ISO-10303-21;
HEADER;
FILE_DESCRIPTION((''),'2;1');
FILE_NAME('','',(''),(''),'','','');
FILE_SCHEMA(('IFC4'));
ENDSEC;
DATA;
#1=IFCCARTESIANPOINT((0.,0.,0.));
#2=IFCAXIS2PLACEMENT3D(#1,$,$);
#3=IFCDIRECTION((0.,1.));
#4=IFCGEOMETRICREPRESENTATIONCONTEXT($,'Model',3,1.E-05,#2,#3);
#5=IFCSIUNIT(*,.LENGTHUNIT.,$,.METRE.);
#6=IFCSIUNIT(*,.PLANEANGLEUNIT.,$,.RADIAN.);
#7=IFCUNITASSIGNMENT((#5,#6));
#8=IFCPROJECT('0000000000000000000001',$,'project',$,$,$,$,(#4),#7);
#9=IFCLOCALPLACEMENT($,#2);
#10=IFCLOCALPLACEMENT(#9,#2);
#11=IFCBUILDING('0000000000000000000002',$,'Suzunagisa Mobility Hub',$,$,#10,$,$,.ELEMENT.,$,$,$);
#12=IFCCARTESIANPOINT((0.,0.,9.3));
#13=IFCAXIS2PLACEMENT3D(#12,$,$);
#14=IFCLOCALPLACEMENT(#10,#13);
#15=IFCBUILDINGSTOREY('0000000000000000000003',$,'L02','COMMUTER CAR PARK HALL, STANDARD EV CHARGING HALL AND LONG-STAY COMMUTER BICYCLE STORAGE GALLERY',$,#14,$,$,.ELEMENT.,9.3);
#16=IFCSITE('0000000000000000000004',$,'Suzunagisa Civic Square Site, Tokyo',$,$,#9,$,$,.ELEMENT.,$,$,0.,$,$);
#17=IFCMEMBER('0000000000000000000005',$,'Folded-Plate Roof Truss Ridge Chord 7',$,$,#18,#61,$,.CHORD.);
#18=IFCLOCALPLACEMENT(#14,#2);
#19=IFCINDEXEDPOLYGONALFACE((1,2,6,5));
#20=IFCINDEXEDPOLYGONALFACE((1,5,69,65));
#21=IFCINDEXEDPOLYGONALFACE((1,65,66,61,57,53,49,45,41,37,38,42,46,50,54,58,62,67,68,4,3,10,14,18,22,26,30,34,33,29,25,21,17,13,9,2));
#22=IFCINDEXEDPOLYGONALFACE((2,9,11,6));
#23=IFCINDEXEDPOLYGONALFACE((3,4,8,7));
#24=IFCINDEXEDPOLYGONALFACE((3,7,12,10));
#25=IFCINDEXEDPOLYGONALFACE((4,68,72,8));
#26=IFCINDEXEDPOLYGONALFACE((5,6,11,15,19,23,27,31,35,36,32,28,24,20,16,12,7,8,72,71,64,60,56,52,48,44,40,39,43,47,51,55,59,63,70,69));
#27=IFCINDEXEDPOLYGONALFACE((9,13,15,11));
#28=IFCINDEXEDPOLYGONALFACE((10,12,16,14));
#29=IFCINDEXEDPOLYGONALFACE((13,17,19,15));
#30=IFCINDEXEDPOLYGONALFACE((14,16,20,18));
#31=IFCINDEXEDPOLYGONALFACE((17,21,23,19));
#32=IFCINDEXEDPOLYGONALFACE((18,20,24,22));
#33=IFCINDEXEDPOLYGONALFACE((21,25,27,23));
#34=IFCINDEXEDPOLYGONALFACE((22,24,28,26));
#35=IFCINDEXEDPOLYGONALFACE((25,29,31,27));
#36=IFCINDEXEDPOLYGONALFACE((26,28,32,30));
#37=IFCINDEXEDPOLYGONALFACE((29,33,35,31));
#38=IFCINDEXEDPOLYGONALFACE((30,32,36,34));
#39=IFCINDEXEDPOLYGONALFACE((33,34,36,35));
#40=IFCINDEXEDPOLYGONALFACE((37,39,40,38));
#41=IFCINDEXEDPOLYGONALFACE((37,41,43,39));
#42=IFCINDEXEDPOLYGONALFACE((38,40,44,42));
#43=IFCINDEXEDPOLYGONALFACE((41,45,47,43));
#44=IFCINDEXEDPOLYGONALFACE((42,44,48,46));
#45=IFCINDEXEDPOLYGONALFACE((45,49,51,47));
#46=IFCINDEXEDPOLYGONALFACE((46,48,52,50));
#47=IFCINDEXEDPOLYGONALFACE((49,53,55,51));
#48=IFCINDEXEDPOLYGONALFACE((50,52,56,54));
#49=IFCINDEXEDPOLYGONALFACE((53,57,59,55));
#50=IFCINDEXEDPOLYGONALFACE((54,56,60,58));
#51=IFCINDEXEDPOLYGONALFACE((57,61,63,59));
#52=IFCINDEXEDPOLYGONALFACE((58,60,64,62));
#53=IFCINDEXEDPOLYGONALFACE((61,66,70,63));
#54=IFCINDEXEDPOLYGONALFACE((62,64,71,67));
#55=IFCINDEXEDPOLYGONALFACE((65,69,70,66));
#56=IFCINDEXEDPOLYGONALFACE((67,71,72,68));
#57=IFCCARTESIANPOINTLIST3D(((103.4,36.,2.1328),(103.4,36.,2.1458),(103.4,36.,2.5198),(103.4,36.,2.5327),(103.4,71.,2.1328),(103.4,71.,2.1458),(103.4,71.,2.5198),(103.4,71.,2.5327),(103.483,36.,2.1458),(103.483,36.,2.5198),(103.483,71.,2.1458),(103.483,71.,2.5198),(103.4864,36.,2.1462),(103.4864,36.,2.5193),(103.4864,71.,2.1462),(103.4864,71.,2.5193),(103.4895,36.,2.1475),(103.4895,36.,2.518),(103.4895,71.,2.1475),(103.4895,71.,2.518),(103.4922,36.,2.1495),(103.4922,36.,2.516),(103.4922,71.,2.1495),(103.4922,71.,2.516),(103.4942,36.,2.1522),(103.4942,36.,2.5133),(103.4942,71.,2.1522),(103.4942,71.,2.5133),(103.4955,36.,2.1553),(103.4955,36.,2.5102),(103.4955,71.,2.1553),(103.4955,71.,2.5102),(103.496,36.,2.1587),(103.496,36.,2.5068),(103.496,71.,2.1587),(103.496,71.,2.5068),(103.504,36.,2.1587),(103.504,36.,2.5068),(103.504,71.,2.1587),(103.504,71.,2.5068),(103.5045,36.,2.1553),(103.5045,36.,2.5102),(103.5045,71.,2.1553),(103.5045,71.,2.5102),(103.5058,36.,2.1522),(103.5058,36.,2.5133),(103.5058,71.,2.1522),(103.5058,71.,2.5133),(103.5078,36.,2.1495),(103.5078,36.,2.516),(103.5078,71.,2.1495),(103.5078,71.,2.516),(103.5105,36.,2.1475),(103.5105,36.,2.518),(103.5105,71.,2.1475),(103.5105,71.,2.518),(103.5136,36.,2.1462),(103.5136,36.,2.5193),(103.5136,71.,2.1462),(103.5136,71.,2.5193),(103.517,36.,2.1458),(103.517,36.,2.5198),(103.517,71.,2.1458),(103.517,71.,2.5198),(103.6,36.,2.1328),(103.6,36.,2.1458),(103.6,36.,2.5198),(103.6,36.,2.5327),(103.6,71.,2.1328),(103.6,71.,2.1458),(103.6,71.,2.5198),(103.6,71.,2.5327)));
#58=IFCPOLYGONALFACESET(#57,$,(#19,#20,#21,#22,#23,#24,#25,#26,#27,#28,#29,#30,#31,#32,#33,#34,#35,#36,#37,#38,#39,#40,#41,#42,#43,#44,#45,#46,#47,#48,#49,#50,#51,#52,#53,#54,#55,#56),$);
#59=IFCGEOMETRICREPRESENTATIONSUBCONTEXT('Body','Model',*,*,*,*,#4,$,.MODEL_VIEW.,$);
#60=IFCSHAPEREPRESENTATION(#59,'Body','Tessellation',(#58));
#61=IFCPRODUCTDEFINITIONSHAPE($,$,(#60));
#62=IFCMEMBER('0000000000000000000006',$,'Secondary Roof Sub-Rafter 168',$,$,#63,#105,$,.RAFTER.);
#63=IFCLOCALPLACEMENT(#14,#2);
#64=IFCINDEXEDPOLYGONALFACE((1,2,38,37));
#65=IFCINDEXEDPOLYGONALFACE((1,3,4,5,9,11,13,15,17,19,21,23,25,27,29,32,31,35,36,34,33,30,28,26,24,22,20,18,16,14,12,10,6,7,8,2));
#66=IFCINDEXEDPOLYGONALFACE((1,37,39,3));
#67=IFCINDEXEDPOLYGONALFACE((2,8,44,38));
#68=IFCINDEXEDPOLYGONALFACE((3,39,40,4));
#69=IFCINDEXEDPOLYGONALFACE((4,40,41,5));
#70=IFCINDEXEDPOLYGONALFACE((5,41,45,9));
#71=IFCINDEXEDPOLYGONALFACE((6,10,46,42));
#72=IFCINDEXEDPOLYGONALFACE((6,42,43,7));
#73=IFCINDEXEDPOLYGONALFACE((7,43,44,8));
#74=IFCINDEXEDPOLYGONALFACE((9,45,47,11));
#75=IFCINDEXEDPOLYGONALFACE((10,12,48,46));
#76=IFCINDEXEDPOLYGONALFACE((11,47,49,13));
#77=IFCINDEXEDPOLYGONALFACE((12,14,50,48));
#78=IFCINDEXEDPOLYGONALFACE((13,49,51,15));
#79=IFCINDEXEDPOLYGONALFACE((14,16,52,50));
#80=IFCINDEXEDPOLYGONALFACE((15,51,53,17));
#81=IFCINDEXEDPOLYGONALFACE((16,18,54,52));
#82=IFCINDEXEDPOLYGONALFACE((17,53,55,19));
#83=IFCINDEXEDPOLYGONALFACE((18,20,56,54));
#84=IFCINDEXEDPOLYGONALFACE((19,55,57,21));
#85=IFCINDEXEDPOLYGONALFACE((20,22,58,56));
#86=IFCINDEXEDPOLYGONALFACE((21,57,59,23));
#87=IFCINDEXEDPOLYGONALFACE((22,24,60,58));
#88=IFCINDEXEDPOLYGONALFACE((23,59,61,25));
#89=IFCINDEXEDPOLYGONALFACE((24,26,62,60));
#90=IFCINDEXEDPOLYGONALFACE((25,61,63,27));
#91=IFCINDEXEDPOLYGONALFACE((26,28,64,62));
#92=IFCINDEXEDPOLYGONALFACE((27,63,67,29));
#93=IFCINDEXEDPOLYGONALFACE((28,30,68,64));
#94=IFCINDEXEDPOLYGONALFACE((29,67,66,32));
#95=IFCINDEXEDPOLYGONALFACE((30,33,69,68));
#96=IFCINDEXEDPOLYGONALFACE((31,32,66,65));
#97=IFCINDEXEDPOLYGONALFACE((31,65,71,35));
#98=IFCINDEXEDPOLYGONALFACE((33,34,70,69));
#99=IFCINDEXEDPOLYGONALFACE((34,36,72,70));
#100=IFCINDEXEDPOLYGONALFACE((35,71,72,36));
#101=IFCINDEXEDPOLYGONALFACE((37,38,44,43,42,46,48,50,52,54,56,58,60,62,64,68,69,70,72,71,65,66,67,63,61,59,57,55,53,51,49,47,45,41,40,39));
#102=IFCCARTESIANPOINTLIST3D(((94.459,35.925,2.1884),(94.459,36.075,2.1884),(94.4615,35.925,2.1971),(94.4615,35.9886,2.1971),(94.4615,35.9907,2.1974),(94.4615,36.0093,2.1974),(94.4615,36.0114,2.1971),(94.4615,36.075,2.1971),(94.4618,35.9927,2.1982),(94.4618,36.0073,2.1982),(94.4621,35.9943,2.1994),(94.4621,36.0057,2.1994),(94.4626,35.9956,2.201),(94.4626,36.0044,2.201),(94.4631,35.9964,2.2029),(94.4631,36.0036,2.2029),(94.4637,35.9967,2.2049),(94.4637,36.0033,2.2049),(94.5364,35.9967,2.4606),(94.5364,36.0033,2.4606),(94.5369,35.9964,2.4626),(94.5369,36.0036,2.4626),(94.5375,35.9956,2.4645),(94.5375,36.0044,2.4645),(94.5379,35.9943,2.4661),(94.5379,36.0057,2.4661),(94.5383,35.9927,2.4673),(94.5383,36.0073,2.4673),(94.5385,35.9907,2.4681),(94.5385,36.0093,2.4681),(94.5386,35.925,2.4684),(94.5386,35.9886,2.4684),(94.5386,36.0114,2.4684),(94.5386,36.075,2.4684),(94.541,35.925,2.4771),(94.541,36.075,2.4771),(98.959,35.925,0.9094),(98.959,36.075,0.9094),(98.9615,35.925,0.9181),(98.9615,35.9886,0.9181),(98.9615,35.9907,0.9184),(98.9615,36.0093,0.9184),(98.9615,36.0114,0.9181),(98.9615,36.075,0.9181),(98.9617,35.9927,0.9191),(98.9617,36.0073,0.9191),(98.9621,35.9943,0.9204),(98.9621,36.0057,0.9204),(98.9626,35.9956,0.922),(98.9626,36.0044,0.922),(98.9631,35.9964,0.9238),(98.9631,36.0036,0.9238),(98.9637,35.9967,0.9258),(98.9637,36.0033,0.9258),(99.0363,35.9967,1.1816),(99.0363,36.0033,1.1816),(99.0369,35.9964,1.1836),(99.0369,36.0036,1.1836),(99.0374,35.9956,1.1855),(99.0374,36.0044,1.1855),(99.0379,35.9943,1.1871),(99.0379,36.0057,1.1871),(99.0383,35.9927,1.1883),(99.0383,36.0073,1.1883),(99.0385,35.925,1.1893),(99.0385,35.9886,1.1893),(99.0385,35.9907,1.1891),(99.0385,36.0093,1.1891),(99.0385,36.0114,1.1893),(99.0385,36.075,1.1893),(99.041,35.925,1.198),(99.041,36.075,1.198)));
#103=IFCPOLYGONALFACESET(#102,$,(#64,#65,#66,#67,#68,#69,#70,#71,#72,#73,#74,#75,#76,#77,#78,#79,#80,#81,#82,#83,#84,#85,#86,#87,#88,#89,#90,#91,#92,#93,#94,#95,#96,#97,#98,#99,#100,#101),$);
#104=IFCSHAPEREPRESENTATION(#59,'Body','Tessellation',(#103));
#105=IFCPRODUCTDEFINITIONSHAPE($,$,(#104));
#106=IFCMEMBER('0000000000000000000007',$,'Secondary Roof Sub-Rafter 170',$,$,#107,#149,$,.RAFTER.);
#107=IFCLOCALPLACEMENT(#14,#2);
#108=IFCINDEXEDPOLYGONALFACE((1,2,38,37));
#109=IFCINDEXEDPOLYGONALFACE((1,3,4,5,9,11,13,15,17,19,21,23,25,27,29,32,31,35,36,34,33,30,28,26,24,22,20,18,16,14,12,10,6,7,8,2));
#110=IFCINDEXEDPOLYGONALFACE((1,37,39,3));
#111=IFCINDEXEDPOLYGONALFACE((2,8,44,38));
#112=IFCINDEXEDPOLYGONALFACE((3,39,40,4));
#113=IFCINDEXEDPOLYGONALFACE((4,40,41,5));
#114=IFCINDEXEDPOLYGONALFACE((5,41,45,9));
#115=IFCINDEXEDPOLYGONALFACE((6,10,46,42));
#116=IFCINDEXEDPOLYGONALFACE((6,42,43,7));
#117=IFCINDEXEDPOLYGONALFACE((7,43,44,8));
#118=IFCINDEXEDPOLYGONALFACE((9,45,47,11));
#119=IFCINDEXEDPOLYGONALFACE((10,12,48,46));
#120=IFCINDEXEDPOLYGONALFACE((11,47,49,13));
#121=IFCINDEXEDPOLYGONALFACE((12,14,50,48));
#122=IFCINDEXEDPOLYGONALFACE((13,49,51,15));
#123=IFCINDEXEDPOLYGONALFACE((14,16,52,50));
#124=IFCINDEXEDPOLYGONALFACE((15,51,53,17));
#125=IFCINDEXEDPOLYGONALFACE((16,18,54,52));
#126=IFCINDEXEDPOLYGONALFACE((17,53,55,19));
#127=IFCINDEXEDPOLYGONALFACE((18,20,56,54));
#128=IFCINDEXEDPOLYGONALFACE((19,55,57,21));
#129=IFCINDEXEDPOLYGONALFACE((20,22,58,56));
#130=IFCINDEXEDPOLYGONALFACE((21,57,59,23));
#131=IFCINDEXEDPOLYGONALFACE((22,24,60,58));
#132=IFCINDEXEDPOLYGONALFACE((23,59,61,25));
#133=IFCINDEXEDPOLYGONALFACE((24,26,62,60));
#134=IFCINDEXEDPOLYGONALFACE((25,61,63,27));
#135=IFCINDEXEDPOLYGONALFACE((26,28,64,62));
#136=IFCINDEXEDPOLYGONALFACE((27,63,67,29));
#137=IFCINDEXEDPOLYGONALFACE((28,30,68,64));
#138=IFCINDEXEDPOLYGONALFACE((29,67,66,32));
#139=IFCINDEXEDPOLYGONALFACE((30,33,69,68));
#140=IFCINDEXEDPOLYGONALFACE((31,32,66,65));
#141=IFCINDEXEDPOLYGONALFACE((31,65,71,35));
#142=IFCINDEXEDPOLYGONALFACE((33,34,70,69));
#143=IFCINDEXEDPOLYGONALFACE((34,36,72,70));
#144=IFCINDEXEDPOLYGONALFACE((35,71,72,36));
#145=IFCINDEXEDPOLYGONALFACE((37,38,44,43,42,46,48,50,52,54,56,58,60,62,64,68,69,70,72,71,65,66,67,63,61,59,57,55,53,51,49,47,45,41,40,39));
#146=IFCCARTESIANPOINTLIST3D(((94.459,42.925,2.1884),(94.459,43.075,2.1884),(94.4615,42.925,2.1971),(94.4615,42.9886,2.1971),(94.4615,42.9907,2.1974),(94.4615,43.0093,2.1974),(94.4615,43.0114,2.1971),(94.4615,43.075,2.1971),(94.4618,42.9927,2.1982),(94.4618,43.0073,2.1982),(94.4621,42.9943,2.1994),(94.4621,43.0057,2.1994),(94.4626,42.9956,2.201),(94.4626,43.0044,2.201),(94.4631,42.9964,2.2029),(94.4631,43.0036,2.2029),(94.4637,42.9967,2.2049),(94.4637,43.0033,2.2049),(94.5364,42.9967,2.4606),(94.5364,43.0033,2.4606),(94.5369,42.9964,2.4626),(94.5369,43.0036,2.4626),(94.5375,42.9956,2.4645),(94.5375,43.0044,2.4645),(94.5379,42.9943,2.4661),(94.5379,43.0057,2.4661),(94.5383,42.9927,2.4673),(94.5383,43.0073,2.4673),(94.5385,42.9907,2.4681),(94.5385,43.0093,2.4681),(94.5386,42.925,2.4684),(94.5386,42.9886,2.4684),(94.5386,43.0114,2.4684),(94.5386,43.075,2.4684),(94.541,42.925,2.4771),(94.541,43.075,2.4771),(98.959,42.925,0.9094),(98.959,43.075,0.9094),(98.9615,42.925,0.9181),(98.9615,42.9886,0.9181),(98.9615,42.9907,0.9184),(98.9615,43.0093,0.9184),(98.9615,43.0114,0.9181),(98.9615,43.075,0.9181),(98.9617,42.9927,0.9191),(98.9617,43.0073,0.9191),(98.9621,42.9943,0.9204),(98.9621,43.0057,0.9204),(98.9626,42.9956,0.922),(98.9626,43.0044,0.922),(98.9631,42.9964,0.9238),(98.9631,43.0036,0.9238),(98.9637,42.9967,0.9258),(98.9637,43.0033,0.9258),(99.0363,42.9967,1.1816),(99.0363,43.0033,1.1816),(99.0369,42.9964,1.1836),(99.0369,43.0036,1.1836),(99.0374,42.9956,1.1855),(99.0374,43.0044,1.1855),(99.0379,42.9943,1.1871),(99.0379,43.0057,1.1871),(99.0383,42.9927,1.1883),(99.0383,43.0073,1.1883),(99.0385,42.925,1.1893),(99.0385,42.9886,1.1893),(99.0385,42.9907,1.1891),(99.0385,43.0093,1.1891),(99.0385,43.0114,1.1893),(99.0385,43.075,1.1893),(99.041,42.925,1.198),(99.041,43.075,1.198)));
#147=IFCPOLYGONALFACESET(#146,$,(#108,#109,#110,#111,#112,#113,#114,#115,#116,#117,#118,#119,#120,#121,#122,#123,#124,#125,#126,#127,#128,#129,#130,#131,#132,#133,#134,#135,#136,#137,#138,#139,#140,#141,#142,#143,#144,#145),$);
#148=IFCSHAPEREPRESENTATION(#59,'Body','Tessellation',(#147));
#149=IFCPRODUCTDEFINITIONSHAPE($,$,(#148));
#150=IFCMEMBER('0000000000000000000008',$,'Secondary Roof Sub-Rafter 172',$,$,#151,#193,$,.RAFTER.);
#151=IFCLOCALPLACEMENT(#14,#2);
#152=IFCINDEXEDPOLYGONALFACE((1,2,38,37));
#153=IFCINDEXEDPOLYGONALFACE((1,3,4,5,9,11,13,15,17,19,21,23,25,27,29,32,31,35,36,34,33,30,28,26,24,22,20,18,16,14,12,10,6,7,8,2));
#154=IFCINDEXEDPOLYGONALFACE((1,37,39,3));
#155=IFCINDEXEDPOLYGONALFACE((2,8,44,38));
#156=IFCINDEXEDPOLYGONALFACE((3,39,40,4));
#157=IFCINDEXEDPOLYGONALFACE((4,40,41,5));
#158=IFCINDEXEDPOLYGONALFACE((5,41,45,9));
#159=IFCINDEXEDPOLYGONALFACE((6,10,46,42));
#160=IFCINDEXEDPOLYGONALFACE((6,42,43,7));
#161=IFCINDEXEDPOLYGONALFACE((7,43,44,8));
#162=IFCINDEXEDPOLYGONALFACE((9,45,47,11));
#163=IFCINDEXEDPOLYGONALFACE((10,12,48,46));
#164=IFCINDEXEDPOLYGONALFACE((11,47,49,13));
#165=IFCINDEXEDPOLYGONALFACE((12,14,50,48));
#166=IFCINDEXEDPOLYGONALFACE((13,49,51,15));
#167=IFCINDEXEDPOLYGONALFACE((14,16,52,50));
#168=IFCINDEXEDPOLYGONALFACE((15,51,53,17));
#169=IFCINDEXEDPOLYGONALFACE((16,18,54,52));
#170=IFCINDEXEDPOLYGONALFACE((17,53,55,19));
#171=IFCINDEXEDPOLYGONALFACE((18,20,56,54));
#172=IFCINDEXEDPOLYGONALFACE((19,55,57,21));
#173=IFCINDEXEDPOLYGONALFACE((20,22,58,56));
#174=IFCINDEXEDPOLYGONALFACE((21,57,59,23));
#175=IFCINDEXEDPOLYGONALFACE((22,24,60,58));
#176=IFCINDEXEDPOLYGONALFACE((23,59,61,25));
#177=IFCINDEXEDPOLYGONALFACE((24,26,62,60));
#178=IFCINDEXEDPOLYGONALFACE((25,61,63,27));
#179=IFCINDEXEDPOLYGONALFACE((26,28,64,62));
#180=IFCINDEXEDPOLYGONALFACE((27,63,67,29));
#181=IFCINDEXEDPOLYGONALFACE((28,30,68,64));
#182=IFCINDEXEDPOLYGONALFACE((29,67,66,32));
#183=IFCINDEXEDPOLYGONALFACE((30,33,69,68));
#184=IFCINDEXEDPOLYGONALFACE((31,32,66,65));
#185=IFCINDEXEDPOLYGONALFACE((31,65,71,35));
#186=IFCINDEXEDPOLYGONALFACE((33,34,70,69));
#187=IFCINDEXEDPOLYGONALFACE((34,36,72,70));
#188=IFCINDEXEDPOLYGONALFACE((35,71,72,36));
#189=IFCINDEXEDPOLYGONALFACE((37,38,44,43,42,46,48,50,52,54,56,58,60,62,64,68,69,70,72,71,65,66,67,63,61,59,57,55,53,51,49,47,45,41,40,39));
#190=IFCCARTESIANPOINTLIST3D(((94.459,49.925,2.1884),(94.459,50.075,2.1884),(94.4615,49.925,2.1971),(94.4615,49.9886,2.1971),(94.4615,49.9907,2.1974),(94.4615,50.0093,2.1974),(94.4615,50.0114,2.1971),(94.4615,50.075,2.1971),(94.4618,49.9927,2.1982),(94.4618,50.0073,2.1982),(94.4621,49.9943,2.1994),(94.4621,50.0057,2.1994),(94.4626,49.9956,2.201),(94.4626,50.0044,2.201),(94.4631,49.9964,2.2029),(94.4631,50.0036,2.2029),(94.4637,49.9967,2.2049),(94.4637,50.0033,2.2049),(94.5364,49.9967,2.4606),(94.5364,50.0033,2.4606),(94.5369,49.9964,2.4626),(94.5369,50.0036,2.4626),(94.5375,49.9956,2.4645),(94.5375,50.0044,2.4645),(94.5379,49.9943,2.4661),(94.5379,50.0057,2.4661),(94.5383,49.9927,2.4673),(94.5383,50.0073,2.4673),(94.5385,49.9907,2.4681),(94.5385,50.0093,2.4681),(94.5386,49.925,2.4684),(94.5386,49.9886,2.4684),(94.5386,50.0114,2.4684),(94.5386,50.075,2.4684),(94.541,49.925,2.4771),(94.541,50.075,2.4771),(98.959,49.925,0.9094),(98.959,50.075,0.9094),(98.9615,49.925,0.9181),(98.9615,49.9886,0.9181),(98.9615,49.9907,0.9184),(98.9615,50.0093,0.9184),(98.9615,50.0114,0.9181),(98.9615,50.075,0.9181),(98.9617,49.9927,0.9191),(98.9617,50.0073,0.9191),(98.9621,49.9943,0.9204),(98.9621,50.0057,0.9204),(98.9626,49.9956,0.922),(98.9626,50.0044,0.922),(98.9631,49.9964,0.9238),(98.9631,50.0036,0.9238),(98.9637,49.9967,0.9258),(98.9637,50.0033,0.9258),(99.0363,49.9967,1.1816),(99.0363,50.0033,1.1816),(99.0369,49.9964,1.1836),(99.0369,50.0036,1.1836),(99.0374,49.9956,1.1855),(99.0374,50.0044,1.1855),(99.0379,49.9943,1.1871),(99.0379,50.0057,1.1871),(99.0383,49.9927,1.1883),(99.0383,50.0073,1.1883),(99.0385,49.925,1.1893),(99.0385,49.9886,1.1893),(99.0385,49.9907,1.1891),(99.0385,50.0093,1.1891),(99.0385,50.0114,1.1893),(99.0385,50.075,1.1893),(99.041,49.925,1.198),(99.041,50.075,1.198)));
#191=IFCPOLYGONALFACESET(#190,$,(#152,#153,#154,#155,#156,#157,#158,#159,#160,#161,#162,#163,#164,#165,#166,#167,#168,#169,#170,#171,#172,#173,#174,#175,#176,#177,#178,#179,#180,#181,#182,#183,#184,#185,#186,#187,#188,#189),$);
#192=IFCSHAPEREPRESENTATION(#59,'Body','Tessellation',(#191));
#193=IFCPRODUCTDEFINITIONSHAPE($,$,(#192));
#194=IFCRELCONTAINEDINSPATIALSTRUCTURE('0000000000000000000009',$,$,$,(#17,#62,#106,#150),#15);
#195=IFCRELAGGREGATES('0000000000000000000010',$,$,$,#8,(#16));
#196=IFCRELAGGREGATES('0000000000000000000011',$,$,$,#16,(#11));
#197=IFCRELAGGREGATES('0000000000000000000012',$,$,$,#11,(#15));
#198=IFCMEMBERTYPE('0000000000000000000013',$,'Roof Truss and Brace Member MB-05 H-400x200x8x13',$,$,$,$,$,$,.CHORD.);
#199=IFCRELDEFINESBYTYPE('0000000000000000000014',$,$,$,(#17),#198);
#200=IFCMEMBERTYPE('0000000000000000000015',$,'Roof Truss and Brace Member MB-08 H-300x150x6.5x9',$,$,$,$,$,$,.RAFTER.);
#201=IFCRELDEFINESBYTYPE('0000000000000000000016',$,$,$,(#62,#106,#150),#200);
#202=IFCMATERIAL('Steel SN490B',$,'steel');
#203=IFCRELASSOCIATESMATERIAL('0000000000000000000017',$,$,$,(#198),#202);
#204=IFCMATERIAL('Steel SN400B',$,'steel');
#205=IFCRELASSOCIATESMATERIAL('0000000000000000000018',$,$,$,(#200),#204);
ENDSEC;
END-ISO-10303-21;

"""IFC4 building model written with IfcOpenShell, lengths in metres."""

from ifc_helpers import new_model, si_unit, direction, frame, origin, origin_2d, place, context, subcontext, project, spatial, i_section, extrude, material, material_profile, profile_set, type_object, element, save


model = new_model("IFC4")

# Units and contexts
model_context = context("Model", 3, precision=1e-05, world=origin(), true_north=direction((0.0, 1.0)))
body_context = subcontext(model_context, "Body", "Model", "MODEL_VIEW")
ifc_project = project(units=[si_unit("LENGTHUNIT", "METRE"), si_unit("PLANEANGLEUNIT", "RADIAN")], contexts=[model_context])

# Site, building, storey
site_placement = place(None, origin())
site = spatial("IfcSite", under=ifc_project, at=site_placement, Name="Suzunagisa Civic Square Site, Tokyo", CompositionType="ELEMENT", RefElevation=0.0)
building_placement = place(site_placement, origin())
building = spatial("IfcBuilding", under=site, at=building_placement, Name="Suzunagisa Mobility Hub", CompositionType="ELEMENT")
storey_placement = place(building_placement, frame((0.0, 0.0, 9.3)))
storey = spatial("IfcBuildingStorey", under=building, at=storey_placement, Name="L02", Description="COMMUTER CAR PARK HALL, STANDARD EV CHARGING HALL AND LONG-STAY COMMUTER BICYCLE STORAGE GALLERY", CompositionType="ELEMENT", Elevation=9.3)

# Shared definitions
ifc_material_1 = material(Name="Steel SN490B", Category="steel")

# Members
ifc_material_profile_1 = material_profile(ifc_material_1, i_section(OverallWidth=0.2, OverallDepth=0.3999, WebThickness=0.0081, FlangeThickness=0.0129, FilletRadius=0.0129, at=origin_2d()), Name="H-400x200x8x13")
ifc_profile_set_1 = profile_set([ifc_material_profile_1], Name="Steel SN490B")
member_type_1 = type_object("IfcMemberType", Name="Roof Truss and Brace Member MB-05 H-400x200x8x13", PredefinedType="CHORD", material=ifc_profile_set_1)
member_placement = place(storey_placement, frame((103.5, 36.0, 2.3328), z_axis=(0.0, 1.0, 0.0), x_axis=(-1.0, 0.0, 0.0)))
element("IfcMember", 1, at=member_placement, inside=storey, type_object=member_type_1, Name="Folded-Plate Roof Truss Ridge Chord 7", PredefinedType="CHORD", context=body_context, shape_type="SweptSolid", body=[
    extrude(i_section(OverallWidth=0.2, OverallDepth=0.3999, WebThickness=0.0081, FlangeThickness=0.0129, FilletRadius=0.0129, at=origin_2d()), origin(), (0.0, 0.0, 1.0), 35.0),
])
ifc_material_2 = material(Name="Steel SN400B", Category="steel")
ifc_material_profile_2 = material_profile(ifc_material_2, i_section(OverallWidth=0.1499, OverallDepth=0.3, WebThickness=0.0066, FlangeThickness=0.009, FilletRadius=0.0081, at=origin_2d()), Name="H-300x150x6.5x9")
ifc_profile_set_2 = profile_set([ifc_material_profile_2], Name="Steel SN400B")
member_type_2 = type_object("IfcMemberType", Name="Roof Truss and Brace Member MB-08 H-300x150x6.5x9", PredefinedType="RAFTER", material=ifc_profile_set_2)
for number, where, z_axis, x_axis, name in (
    (2, (99.0, 36.0, 1.0537), (-0.961899, 0.0, 0.273404), (0.0, -1.0, 0.0), "Secondary Roof Sub-Rafter 168"),
    (3, (99.0, 43.0, 1.0537), (-0.961899, 0.0, 0.273404), (0.0, -1.0, 0.0), "Secondary Roof Sub-Rafter 170"),
    (4, (99.0, 50.0, 1.0537), (-0.961899, 0.0, 0.273404), (0.0, -1.0, 0.0), "Secondary Roof Sub-Rafter 172"),
):
    element("IfcMember", number, at=place(storey_placement, frame(where, z_axis=z_axis, x_axis=x_axis)), inside=storey, type_object=member_type_2, Name=name, PredefinedType="RAFTER", context=body_context, shape_type="SweptSolid", body=[
        extrude(i_section(OverallWidth=0.1499, OverallDepth=0.3, WebThickness=0.0066, FlangeThickness=0.009, FilletRadius=0.0081, at=origin_2d()), origin(), (0.0, 0.0, 1.0), 4.6782),
    ])

save(model, "model.ifc")
